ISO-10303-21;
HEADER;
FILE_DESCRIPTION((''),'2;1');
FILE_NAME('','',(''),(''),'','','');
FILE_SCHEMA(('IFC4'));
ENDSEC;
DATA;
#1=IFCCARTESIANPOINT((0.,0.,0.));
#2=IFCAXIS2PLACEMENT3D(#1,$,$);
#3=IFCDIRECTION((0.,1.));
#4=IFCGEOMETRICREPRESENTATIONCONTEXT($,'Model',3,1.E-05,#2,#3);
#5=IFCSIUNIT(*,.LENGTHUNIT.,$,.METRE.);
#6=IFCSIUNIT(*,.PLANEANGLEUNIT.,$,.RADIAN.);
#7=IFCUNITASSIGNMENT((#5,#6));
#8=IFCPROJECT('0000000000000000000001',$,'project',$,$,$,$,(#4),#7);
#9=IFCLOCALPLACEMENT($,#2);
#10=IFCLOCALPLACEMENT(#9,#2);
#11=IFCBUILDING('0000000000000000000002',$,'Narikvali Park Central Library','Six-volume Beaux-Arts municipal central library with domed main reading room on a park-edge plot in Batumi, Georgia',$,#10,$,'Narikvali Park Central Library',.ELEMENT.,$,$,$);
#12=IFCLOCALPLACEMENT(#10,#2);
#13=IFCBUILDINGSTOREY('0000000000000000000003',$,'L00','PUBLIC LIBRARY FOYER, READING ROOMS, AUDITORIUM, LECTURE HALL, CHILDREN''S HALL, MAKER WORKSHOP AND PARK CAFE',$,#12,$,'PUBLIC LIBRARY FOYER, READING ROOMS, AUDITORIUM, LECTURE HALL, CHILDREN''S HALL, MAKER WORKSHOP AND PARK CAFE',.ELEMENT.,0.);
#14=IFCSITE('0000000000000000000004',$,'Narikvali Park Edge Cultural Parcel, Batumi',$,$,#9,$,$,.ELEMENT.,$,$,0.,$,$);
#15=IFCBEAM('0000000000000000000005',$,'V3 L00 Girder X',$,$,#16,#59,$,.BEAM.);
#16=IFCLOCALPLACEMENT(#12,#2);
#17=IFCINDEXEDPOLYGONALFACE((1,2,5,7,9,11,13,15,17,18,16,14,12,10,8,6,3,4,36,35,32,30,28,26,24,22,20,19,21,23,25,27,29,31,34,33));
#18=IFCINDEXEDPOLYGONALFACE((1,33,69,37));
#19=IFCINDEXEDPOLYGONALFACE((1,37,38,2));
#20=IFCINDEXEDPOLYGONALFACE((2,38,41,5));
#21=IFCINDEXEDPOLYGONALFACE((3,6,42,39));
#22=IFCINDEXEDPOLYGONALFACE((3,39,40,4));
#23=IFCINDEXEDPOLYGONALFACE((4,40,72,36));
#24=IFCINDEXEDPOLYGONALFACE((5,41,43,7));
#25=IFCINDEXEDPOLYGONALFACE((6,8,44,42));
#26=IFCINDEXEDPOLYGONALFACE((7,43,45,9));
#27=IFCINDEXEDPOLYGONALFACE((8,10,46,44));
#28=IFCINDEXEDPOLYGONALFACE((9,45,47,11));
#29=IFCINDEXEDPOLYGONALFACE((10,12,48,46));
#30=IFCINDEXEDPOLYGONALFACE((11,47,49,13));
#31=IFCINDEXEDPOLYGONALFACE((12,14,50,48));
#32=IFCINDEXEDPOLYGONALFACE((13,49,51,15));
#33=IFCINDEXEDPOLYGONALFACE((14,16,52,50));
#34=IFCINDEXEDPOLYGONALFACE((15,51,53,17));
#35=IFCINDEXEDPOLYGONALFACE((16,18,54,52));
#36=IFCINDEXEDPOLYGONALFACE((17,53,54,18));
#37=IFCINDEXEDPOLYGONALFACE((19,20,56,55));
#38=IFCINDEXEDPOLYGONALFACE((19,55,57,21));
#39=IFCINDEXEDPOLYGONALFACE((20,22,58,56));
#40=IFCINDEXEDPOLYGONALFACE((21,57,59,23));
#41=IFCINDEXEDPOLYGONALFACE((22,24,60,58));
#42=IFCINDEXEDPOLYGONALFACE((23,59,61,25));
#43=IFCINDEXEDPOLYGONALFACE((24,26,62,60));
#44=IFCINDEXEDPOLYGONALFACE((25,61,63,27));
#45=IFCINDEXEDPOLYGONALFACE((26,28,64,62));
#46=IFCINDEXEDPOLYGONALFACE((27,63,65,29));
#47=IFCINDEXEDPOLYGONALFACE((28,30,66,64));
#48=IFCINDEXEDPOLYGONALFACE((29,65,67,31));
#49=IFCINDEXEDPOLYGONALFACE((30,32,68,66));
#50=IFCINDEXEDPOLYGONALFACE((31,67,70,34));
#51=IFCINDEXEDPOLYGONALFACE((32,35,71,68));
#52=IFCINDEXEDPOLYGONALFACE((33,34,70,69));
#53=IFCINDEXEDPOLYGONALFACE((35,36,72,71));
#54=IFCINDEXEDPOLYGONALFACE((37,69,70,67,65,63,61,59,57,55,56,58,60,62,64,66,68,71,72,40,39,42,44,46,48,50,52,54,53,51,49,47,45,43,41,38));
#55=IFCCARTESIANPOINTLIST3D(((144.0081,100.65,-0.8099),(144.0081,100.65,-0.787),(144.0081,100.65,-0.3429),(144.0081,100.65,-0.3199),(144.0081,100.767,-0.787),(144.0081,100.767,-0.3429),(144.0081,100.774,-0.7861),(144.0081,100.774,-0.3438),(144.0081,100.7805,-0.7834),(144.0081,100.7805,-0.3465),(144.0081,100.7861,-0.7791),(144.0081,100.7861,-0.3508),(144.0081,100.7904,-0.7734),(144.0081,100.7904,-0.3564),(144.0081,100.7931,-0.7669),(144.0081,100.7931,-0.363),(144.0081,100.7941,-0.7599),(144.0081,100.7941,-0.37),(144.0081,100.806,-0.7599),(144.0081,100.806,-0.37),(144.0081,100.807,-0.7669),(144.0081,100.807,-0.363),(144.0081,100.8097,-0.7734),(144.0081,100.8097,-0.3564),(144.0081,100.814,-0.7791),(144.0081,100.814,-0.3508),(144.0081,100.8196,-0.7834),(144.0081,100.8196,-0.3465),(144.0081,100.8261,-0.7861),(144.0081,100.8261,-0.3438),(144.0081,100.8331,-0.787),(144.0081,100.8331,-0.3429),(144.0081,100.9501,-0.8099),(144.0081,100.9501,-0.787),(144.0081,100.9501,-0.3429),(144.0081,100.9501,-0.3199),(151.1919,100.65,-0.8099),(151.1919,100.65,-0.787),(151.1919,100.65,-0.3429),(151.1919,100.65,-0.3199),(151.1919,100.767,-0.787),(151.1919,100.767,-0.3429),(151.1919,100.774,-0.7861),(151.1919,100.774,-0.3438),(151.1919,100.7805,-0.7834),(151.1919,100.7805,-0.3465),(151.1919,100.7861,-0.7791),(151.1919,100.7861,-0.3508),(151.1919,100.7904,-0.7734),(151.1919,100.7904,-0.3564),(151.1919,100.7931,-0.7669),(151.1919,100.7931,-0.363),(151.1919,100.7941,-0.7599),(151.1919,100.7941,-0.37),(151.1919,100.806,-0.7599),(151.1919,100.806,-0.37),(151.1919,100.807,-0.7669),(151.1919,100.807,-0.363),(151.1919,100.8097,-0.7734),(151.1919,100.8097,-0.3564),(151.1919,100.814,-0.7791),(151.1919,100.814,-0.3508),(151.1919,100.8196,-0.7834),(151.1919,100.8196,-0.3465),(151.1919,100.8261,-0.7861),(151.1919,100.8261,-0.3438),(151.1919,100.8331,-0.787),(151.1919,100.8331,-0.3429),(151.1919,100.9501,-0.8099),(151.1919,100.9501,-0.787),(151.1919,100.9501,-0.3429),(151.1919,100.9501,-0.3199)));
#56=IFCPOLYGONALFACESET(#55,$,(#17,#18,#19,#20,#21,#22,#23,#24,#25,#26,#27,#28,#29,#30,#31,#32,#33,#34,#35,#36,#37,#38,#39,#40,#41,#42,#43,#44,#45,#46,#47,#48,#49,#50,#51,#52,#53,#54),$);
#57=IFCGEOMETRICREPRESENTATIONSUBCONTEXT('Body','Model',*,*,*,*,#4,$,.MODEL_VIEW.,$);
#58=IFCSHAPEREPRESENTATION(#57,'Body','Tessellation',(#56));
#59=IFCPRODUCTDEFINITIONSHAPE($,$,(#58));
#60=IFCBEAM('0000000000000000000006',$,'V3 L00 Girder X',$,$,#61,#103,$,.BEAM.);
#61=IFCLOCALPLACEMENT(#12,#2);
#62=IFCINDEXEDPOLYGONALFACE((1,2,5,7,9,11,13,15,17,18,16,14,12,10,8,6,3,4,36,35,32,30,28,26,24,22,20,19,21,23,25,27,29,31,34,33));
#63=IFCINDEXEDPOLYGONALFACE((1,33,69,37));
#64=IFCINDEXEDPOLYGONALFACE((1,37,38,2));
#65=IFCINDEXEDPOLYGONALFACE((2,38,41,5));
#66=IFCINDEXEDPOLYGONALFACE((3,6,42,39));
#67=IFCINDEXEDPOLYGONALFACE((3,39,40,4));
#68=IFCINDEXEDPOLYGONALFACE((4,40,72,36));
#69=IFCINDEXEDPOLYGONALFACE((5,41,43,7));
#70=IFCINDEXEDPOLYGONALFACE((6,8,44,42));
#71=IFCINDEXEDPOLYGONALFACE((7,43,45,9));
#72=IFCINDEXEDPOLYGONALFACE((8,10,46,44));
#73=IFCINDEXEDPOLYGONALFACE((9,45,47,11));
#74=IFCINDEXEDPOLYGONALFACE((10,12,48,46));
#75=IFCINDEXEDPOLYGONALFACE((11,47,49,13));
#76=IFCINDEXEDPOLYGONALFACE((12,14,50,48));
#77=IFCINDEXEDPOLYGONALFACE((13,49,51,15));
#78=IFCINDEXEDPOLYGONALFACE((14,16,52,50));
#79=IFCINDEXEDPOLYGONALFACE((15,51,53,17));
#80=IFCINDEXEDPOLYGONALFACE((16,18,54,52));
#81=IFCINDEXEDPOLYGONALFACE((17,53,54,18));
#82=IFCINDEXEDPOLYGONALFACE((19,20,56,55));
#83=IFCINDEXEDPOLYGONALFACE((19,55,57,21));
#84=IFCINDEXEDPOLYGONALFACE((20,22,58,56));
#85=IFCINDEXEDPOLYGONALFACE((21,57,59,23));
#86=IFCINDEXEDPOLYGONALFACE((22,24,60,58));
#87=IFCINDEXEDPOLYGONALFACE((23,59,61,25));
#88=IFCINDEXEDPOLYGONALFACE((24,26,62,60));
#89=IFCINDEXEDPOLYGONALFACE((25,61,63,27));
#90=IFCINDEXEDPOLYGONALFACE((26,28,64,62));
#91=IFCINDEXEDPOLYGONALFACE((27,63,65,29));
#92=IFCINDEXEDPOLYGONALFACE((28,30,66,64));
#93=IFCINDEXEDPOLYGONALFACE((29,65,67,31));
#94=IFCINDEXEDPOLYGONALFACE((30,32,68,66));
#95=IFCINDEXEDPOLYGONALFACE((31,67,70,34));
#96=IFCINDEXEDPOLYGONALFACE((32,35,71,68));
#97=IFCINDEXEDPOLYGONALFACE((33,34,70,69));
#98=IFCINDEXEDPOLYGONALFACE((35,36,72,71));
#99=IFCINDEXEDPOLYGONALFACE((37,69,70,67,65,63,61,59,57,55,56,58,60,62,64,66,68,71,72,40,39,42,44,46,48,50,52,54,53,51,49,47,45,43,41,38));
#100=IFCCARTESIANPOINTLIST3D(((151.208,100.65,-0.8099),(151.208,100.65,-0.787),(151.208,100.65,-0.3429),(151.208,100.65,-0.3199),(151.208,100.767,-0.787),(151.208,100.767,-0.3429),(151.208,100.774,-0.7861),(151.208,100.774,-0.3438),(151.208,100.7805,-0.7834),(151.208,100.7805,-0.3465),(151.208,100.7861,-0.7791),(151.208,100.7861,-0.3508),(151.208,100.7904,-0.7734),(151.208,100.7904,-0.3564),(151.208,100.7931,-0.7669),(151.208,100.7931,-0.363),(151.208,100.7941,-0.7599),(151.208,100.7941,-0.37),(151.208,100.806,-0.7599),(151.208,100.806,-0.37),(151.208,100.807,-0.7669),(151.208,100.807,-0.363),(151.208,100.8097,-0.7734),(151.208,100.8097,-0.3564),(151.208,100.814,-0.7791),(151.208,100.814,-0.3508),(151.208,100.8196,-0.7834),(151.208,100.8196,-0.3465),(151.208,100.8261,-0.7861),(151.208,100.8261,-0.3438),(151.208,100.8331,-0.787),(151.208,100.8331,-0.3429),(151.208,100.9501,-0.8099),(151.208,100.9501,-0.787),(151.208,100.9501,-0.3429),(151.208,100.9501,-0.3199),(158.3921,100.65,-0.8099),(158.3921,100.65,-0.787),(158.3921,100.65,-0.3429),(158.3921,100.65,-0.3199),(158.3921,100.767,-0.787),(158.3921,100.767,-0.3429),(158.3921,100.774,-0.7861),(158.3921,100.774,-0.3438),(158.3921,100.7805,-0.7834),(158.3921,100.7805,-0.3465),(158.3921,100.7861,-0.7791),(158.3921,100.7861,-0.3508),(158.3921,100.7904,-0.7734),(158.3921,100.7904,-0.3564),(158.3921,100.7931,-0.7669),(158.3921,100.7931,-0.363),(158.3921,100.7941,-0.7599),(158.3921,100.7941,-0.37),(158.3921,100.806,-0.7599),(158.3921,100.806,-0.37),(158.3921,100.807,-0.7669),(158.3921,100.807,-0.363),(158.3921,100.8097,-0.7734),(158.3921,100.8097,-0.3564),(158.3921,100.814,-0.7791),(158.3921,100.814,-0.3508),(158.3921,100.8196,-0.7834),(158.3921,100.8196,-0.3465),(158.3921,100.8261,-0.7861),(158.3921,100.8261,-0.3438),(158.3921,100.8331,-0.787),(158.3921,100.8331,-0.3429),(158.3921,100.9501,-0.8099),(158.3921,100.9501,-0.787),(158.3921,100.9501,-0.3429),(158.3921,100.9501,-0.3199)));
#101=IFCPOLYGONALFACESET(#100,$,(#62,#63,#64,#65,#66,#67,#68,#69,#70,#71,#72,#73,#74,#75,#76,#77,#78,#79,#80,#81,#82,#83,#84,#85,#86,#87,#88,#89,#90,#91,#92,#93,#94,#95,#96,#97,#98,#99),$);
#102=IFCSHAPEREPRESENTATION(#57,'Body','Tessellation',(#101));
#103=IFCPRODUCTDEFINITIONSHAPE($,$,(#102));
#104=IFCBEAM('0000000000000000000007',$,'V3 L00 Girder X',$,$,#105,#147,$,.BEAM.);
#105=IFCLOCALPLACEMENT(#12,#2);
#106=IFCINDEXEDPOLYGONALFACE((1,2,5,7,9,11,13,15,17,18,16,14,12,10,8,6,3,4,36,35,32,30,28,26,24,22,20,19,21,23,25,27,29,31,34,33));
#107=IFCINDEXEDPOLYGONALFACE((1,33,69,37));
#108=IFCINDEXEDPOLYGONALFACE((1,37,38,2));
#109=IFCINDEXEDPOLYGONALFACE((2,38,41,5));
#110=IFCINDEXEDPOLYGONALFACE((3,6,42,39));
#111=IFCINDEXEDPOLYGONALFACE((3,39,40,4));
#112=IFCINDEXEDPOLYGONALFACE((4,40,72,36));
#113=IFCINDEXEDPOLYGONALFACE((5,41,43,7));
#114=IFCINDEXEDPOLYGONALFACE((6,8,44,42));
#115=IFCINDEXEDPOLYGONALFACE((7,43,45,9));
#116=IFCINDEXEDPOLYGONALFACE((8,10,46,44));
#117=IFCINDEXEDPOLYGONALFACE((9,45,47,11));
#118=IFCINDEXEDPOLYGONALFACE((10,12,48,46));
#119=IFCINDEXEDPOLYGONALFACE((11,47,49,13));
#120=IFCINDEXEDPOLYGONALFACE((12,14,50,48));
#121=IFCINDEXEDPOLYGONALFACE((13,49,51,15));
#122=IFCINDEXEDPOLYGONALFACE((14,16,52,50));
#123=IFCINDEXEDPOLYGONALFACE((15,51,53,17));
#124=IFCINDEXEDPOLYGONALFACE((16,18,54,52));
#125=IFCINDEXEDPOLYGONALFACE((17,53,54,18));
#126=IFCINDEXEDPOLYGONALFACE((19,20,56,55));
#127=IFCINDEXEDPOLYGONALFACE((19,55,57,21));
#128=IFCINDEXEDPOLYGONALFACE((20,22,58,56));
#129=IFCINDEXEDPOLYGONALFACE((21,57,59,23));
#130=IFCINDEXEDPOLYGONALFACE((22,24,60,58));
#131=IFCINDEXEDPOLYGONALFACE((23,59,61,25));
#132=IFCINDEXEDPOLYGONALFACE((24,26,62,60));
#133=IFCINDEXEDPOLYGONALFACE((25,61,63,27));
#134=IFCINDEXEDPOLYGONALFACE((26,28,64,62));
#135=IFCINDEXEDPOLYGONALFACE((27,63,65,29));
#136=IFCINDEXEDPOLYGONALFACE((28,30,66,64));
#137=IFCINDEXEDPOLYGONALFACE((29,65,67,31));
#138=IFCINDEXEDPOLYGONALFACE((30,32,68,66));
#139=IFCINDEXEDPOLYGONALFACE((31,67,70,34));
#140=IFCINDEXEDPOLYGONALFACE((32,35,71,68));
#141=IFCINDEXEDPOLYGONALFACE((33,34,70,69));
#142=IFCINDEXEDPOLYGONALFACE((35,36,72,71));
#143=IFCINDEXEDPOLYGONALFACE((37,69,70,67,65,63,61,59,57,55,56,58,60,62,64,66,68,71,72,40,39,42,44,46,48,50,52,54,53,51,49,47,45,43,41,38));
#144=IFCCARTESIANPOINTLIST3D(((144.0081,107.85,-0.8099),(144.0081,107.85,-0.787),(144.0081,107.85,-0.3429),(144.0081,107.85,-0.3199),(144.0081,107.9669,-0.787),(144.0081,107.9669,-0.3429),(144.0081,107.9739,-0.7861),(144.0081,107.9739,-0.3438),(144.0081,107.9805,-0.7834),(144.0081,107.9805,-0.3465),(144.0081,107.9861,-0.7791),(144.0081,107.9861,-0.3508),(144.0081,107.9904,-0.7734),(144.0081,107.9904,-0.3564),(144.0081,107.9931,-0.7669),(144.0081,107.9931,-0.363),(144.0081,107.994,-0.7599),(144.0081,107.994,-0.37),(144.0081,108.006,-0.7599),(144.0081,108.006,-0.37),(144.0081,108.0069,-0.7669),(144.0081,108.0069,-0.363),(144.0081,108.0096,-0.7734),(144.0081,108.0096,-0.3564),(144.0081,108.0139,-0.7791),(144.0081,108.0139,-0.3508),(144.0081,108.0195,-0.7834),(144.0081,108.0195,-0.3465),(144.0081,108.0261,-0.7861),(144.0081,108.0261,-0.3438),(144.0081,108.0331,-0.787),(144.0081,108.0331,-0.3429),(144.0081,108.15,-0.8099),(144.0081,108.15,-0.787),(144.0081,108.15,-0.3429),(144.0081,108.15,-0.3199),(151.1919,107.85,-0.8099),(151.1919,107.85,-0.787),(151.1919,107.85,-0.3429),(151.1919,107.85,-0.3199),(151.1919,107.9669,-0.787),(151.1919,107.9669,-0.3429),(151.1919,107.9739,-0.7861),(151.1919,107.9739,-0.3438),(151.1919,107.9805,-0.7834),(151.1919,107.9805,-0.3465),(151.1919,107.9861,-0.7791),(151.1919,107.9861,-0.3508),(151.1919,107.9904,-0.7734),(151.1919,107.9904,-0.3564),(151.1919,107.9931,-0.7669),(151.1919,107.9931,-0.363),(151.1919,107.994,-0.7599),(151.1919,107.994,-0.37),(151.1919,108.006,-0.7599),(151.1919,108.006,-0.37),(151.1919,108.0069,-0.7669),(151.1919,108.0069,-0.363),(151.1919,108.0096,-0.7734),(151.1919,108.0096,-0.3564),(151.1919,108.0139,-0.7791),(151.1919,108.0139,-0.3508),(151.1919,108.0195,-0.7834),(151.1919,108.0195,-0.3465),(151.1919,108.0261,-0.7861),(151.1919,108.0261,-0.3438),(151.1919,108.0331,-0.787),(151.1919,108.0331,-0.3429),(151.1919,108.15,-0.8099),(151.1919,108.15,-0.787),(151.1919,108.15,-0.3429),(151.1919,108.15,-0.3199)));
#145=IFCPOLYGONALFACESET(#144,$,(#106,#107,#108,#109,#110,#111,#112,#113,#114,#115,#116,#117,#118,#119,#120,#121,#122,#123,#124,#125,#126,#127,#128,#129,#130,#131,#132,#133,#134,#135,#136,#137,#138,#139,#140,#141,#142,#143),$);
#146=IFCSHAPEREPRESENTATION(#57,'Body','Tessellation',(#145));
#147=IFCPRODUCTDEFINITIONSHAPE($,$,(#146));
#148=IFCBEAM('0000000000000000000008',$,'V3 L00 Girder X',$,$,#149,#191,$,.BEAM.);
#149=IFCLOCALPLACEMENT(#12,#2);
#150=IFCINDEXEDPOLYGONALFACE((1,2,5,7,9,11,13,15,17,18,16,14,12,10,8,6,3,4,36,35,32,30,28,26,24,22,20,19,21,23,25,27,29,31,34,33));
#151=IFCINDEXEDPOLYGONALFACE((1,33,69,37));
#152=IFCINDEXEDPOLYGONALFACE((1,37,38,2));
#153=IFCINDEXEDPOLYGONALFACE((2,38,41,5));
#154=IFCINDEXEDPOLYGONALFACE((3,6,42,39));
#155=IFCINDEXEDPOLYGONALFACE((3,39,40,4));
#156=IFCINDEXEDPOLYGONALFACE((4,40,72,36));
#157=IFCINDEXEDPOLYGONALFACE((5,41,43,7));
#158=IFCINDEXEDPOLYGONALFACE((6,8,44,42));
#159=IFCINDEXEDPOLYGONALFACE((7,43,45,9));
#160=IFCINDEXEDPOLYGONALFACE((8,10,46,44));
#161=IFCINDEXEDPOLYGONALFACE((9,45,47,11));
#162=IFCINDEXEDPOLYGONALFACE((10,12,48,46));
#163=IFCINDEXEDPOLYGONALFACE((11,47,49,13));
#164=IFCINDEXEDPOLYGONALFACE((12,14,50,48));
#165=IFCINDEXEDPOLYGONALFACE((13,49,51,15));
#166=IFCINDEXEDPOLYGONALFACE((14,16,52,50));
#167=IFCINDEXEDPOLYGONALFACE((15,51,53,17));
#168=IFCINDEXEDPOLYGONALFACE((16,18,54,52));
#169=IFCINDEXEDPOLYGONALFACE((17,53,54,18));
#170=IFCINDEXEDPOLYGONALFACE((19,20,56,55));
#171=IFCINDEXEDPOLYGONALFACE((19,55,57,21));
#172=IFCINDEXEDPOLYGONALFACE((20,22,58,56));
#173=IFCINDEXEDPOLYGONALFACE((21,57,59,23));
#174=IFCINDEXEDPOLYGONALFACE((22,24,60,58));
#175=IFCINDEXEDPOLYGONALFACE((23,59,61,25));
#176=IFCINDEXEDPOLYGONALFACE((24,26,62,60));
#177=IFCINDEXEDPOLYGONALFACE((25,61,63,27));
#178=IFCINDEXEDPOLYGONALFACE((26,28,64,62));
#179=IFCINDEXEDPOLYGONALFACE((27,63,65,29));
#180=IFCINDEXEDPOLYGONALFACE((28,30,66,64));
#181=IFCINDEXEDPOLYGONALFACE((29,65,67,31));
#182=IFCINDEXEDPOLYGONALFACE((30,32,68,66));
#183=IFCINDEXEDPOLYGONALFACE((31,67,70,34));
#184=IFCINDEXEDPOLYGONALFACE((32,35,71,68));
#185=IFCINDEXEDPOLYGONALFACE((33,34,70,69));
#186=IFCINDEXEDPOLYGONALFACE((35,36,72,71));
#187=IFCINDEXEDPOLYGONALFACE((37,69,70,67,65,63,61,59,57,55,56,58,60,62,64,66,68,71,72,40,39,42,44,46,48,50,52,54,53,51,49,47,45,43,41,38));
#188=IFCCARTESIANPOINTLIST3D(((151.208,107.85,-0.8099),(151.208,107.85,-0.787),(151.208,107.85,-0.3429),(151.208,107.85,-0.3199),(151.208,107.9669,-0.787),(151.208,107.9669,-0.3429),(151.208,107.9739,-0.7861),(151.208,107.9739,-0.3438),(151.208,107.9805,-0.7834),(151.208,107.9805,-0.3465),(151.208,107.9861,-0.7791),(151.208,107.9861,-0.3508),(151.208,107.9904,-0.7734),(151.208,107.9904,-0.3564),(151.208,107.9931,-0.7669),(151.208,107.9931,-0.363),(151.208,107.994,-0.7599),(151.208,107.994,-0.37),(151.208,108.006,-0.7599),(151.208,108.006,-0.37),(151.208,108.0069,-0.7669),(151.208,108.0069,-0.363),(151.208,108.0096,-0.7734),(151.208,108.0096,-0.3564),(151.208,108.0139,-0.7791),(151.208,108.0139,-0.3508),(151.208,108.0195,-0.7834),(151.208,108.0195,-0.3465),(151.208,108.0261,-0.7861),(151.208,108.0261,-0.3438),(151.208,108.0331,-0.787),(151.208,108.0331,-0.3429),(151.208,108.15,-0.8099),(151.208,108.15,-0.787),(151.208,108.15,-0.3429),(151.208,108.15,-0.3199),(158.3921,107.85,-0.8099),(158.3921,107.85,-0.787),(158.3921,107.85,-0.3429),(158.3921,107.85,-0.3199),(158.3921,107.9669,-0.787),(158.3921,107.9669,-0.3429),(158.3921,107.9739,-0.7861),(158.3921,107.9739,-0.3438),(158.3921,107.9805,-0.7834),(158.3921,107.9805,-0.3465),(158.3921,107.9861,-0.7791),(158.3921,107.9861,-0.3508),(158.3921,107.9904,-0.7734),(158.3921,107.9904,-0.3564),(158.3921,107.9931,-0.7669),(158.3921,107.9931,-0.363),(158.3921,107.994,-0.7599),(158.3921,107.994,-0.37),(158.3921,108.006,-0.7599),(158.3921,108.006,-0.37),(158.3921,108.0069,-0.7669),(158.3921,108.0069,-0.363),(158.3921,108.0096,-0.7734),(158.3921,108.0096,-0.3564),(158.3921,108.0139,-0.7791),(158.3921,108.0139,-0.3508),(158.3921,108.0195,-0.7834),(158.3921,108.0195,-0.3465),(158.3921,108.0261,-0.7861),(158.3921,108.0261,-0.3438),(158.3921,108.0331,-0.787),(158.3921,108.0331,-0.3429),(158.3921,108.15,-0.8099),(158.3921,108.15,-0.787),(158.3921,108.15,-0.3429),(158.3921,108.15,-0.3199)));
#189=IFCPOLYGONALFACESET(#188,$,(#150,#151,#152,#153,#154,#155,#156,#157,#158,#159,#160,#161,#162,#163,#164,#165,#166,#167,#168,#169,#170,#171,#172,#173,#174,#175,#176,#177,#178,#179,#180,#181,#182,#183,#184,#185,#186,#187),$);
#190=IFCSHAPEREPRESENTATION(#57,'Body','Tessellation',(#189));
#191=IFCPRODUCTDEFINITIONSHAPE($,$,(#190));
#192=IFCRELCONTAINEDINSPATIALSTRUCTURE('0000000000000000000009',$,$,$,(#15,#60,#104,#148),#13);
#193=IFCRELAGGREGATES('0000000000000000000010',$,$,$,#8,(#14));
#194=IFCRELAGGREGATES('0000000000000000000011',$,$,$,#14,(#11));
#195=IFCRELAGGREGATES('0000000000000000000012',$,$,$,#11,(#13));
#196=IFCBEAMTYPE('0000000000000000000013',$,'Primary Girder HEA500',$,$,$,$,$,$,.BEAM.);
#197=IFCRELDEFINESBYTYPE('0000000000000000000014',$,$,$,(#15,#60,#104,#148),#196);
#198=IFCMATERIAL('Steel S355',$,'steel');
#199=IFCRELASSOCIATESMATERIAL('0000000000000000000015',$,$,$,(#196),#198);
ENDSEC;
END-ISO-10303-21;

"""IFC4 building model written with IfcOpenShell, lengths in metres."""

from ifc_helpers import new_model, si_unit, direction, frame, origin, origin_2d, place, context, subcontext, project, spatial, i_section, extrude, material, material_profile, profile_set, type_object, element, save


model = new_model("IFC4")

# Units and contexts
model_context = context("Model", 3, precision=1e-05, world=origin(), true_north=direction((0.0, 1.0)))
body_context = subcontext(model_context, "Body", "Model", "MODEL_VIEW")
ifc_project = project(units=[si_unit("LENGTHUNIT", "METRE"), si_unit("PLANEANGLEUNIT", "RADIAN")], contexts=[model_context])

# Site, building, storey
site_placement = place(None, origin())
site = spatial("IfcSite", under=ifc_project, at=site_placement, Name="Narikvali Park Edge Cultural Parcel, Batumi", CompositionType="ELEMENT", RefElevation=0.0)
building_placement = place(site_placement, origin())
building = spatial("IfcBuilding", under=site, at=building_placement, Name="Narikvali Park Central Library", Description="Six-volume Beaux-Arts municipal central library with domed main reading room on a park-edge plot in Batumi, Georgia", LongName="Narikvali Park Central Library", CompositionType="ELEMENT")
storey_placement = place(building_placement, origin())
storey = spatial("IfcBuildingStorey", under=building, at=storey_placement, Name="L00", Description="PUBLIC LIBRARY FOYER, READING ROOMS, AUDITORIUM, LECTURE HALL, CHILDREN'S HALL, MAKER WORKSHOP AND PARK CAFE", LongName="PUBLIC LIBRARY FOYER, READING ROOMS, AUDITORIUM, LECTURE HALL, CHILDREN'S HALL, MAKER WORKSHOP AND PARK CAFE", CompositionType="ELEMENT", Elevation=0.0)

# Shared definitions
ifc_material_1 = material(Name="Steel S355", Category="steel")

# Beams
ifc_material_profile_1 = material_profile(ifc_material_1, i_section(OverallWidth=0.3, OverallDepth=0.49, WebThickness=0.012, FlangeThickness=0.0229, FilletRadius=0.0271, at=origin_2d()), Name="HEA 500")
ifc_profile_set_1 = profile_set([ifc_material_profile_1], Name="Steel S355")
beam_type_1 = type_object("IfcBeamType", Name="Primary Girder HEA500", PredefinedType="BEAM", material=ifc_profile_set_1)
beam_1_placement = place(storey_placement, frame((144.0081, 100.8, -0.5649), z_axis=(1.0, 0.0, 0.0), x_axis=(0.0, 1.0, 0.0)))
element("IfcBeam", 1, at=beam_1_placement, inside=storey, type_object=beam_type_1, Name="V3 L00 Girder X", PredefinedType="BEAM", context=body_context, shape_type="SweptSolid", body=[
    extrude(i_section(OverallWidth=0.3, OverallDepth=0.49, WebThickness=0.012, FlangeThickness=0.0229, FilletRadius=0.0271, at=origin_2d()), origin(), (0.0, 0.0, 1.0), 7.1838),
])
beam_2_placement = place(storey_placement, frame((151.208, 100.8, -0.5649), z_axis=(1.0, 0.0, 0.0), x_axis=(0.0, 1.0, 0.0)))
element("IfcBeam", 2, at=beam_2_placement, inside=storey, type_object=beam_type_1, Name="V3 L00 Girder X", PredefinedType="BEAM", context=body_context, shape_type="SweptSolid", body=[
    extrude(i_section(OverallWidth=0.3, OverallDepth=0.49, WebThickness=0.012, FlangeThickness=0.0229, FilletRadius=0.0271, at=origin_2d()), origin(), (0.0, 0.0, 1.0), 7.1841),
])
beam_3_placement = place(storey_placement, frame((144.0081, 108.0, -0.5649), z_axis=(1.0, 0.0, 0.0), x_axis=(0.0, 1.0, 0.0)))
element("IfcBeam", 3, at=beam_3_placement, inside=storey, type_object=beam_type_1, Name="V3 L00 Girder X", PredefinedType="BEAM", context=body_context, shape_type="SweptSolid", body=[
    extrude(i_section(OverallWidth=0.3, OverallDepth=0.49, WebThickness=0.012, FlangeThickness=0.0229, FilletRadius=0.0271, at=origin_2d()), origin(), (0.0, 0.0, 1.0), 7.1838),
])
for number, where, z_axis, x_axis, name in (
    (4, (151.208, 108.0, -0.5649), (1.0, 0.0, 0.0), (0.0, 1.0, 0.0), "V3 L00 Girder X"),
):
    element("IfcBeam", number, at=place(storey_placement, frame(where, z_axis=z_axis, x_axis=x_axis)), inside=storey, type_object=beam_type_1, Name=name, PredefinedType="BEAM", context=body_context, shape_type="SweptSolid", body=[
        extrude(i_section(OverallWidth=0.3, OverallDepth=0.49, WebThickness=0.012, FlangeThickness=0.0229, FilletRadius=0.0271, at=origin_2d()), origin(), (0.0, 0.0, 1.0), 7.1841),
    ])

save(model, "model.ifc")
